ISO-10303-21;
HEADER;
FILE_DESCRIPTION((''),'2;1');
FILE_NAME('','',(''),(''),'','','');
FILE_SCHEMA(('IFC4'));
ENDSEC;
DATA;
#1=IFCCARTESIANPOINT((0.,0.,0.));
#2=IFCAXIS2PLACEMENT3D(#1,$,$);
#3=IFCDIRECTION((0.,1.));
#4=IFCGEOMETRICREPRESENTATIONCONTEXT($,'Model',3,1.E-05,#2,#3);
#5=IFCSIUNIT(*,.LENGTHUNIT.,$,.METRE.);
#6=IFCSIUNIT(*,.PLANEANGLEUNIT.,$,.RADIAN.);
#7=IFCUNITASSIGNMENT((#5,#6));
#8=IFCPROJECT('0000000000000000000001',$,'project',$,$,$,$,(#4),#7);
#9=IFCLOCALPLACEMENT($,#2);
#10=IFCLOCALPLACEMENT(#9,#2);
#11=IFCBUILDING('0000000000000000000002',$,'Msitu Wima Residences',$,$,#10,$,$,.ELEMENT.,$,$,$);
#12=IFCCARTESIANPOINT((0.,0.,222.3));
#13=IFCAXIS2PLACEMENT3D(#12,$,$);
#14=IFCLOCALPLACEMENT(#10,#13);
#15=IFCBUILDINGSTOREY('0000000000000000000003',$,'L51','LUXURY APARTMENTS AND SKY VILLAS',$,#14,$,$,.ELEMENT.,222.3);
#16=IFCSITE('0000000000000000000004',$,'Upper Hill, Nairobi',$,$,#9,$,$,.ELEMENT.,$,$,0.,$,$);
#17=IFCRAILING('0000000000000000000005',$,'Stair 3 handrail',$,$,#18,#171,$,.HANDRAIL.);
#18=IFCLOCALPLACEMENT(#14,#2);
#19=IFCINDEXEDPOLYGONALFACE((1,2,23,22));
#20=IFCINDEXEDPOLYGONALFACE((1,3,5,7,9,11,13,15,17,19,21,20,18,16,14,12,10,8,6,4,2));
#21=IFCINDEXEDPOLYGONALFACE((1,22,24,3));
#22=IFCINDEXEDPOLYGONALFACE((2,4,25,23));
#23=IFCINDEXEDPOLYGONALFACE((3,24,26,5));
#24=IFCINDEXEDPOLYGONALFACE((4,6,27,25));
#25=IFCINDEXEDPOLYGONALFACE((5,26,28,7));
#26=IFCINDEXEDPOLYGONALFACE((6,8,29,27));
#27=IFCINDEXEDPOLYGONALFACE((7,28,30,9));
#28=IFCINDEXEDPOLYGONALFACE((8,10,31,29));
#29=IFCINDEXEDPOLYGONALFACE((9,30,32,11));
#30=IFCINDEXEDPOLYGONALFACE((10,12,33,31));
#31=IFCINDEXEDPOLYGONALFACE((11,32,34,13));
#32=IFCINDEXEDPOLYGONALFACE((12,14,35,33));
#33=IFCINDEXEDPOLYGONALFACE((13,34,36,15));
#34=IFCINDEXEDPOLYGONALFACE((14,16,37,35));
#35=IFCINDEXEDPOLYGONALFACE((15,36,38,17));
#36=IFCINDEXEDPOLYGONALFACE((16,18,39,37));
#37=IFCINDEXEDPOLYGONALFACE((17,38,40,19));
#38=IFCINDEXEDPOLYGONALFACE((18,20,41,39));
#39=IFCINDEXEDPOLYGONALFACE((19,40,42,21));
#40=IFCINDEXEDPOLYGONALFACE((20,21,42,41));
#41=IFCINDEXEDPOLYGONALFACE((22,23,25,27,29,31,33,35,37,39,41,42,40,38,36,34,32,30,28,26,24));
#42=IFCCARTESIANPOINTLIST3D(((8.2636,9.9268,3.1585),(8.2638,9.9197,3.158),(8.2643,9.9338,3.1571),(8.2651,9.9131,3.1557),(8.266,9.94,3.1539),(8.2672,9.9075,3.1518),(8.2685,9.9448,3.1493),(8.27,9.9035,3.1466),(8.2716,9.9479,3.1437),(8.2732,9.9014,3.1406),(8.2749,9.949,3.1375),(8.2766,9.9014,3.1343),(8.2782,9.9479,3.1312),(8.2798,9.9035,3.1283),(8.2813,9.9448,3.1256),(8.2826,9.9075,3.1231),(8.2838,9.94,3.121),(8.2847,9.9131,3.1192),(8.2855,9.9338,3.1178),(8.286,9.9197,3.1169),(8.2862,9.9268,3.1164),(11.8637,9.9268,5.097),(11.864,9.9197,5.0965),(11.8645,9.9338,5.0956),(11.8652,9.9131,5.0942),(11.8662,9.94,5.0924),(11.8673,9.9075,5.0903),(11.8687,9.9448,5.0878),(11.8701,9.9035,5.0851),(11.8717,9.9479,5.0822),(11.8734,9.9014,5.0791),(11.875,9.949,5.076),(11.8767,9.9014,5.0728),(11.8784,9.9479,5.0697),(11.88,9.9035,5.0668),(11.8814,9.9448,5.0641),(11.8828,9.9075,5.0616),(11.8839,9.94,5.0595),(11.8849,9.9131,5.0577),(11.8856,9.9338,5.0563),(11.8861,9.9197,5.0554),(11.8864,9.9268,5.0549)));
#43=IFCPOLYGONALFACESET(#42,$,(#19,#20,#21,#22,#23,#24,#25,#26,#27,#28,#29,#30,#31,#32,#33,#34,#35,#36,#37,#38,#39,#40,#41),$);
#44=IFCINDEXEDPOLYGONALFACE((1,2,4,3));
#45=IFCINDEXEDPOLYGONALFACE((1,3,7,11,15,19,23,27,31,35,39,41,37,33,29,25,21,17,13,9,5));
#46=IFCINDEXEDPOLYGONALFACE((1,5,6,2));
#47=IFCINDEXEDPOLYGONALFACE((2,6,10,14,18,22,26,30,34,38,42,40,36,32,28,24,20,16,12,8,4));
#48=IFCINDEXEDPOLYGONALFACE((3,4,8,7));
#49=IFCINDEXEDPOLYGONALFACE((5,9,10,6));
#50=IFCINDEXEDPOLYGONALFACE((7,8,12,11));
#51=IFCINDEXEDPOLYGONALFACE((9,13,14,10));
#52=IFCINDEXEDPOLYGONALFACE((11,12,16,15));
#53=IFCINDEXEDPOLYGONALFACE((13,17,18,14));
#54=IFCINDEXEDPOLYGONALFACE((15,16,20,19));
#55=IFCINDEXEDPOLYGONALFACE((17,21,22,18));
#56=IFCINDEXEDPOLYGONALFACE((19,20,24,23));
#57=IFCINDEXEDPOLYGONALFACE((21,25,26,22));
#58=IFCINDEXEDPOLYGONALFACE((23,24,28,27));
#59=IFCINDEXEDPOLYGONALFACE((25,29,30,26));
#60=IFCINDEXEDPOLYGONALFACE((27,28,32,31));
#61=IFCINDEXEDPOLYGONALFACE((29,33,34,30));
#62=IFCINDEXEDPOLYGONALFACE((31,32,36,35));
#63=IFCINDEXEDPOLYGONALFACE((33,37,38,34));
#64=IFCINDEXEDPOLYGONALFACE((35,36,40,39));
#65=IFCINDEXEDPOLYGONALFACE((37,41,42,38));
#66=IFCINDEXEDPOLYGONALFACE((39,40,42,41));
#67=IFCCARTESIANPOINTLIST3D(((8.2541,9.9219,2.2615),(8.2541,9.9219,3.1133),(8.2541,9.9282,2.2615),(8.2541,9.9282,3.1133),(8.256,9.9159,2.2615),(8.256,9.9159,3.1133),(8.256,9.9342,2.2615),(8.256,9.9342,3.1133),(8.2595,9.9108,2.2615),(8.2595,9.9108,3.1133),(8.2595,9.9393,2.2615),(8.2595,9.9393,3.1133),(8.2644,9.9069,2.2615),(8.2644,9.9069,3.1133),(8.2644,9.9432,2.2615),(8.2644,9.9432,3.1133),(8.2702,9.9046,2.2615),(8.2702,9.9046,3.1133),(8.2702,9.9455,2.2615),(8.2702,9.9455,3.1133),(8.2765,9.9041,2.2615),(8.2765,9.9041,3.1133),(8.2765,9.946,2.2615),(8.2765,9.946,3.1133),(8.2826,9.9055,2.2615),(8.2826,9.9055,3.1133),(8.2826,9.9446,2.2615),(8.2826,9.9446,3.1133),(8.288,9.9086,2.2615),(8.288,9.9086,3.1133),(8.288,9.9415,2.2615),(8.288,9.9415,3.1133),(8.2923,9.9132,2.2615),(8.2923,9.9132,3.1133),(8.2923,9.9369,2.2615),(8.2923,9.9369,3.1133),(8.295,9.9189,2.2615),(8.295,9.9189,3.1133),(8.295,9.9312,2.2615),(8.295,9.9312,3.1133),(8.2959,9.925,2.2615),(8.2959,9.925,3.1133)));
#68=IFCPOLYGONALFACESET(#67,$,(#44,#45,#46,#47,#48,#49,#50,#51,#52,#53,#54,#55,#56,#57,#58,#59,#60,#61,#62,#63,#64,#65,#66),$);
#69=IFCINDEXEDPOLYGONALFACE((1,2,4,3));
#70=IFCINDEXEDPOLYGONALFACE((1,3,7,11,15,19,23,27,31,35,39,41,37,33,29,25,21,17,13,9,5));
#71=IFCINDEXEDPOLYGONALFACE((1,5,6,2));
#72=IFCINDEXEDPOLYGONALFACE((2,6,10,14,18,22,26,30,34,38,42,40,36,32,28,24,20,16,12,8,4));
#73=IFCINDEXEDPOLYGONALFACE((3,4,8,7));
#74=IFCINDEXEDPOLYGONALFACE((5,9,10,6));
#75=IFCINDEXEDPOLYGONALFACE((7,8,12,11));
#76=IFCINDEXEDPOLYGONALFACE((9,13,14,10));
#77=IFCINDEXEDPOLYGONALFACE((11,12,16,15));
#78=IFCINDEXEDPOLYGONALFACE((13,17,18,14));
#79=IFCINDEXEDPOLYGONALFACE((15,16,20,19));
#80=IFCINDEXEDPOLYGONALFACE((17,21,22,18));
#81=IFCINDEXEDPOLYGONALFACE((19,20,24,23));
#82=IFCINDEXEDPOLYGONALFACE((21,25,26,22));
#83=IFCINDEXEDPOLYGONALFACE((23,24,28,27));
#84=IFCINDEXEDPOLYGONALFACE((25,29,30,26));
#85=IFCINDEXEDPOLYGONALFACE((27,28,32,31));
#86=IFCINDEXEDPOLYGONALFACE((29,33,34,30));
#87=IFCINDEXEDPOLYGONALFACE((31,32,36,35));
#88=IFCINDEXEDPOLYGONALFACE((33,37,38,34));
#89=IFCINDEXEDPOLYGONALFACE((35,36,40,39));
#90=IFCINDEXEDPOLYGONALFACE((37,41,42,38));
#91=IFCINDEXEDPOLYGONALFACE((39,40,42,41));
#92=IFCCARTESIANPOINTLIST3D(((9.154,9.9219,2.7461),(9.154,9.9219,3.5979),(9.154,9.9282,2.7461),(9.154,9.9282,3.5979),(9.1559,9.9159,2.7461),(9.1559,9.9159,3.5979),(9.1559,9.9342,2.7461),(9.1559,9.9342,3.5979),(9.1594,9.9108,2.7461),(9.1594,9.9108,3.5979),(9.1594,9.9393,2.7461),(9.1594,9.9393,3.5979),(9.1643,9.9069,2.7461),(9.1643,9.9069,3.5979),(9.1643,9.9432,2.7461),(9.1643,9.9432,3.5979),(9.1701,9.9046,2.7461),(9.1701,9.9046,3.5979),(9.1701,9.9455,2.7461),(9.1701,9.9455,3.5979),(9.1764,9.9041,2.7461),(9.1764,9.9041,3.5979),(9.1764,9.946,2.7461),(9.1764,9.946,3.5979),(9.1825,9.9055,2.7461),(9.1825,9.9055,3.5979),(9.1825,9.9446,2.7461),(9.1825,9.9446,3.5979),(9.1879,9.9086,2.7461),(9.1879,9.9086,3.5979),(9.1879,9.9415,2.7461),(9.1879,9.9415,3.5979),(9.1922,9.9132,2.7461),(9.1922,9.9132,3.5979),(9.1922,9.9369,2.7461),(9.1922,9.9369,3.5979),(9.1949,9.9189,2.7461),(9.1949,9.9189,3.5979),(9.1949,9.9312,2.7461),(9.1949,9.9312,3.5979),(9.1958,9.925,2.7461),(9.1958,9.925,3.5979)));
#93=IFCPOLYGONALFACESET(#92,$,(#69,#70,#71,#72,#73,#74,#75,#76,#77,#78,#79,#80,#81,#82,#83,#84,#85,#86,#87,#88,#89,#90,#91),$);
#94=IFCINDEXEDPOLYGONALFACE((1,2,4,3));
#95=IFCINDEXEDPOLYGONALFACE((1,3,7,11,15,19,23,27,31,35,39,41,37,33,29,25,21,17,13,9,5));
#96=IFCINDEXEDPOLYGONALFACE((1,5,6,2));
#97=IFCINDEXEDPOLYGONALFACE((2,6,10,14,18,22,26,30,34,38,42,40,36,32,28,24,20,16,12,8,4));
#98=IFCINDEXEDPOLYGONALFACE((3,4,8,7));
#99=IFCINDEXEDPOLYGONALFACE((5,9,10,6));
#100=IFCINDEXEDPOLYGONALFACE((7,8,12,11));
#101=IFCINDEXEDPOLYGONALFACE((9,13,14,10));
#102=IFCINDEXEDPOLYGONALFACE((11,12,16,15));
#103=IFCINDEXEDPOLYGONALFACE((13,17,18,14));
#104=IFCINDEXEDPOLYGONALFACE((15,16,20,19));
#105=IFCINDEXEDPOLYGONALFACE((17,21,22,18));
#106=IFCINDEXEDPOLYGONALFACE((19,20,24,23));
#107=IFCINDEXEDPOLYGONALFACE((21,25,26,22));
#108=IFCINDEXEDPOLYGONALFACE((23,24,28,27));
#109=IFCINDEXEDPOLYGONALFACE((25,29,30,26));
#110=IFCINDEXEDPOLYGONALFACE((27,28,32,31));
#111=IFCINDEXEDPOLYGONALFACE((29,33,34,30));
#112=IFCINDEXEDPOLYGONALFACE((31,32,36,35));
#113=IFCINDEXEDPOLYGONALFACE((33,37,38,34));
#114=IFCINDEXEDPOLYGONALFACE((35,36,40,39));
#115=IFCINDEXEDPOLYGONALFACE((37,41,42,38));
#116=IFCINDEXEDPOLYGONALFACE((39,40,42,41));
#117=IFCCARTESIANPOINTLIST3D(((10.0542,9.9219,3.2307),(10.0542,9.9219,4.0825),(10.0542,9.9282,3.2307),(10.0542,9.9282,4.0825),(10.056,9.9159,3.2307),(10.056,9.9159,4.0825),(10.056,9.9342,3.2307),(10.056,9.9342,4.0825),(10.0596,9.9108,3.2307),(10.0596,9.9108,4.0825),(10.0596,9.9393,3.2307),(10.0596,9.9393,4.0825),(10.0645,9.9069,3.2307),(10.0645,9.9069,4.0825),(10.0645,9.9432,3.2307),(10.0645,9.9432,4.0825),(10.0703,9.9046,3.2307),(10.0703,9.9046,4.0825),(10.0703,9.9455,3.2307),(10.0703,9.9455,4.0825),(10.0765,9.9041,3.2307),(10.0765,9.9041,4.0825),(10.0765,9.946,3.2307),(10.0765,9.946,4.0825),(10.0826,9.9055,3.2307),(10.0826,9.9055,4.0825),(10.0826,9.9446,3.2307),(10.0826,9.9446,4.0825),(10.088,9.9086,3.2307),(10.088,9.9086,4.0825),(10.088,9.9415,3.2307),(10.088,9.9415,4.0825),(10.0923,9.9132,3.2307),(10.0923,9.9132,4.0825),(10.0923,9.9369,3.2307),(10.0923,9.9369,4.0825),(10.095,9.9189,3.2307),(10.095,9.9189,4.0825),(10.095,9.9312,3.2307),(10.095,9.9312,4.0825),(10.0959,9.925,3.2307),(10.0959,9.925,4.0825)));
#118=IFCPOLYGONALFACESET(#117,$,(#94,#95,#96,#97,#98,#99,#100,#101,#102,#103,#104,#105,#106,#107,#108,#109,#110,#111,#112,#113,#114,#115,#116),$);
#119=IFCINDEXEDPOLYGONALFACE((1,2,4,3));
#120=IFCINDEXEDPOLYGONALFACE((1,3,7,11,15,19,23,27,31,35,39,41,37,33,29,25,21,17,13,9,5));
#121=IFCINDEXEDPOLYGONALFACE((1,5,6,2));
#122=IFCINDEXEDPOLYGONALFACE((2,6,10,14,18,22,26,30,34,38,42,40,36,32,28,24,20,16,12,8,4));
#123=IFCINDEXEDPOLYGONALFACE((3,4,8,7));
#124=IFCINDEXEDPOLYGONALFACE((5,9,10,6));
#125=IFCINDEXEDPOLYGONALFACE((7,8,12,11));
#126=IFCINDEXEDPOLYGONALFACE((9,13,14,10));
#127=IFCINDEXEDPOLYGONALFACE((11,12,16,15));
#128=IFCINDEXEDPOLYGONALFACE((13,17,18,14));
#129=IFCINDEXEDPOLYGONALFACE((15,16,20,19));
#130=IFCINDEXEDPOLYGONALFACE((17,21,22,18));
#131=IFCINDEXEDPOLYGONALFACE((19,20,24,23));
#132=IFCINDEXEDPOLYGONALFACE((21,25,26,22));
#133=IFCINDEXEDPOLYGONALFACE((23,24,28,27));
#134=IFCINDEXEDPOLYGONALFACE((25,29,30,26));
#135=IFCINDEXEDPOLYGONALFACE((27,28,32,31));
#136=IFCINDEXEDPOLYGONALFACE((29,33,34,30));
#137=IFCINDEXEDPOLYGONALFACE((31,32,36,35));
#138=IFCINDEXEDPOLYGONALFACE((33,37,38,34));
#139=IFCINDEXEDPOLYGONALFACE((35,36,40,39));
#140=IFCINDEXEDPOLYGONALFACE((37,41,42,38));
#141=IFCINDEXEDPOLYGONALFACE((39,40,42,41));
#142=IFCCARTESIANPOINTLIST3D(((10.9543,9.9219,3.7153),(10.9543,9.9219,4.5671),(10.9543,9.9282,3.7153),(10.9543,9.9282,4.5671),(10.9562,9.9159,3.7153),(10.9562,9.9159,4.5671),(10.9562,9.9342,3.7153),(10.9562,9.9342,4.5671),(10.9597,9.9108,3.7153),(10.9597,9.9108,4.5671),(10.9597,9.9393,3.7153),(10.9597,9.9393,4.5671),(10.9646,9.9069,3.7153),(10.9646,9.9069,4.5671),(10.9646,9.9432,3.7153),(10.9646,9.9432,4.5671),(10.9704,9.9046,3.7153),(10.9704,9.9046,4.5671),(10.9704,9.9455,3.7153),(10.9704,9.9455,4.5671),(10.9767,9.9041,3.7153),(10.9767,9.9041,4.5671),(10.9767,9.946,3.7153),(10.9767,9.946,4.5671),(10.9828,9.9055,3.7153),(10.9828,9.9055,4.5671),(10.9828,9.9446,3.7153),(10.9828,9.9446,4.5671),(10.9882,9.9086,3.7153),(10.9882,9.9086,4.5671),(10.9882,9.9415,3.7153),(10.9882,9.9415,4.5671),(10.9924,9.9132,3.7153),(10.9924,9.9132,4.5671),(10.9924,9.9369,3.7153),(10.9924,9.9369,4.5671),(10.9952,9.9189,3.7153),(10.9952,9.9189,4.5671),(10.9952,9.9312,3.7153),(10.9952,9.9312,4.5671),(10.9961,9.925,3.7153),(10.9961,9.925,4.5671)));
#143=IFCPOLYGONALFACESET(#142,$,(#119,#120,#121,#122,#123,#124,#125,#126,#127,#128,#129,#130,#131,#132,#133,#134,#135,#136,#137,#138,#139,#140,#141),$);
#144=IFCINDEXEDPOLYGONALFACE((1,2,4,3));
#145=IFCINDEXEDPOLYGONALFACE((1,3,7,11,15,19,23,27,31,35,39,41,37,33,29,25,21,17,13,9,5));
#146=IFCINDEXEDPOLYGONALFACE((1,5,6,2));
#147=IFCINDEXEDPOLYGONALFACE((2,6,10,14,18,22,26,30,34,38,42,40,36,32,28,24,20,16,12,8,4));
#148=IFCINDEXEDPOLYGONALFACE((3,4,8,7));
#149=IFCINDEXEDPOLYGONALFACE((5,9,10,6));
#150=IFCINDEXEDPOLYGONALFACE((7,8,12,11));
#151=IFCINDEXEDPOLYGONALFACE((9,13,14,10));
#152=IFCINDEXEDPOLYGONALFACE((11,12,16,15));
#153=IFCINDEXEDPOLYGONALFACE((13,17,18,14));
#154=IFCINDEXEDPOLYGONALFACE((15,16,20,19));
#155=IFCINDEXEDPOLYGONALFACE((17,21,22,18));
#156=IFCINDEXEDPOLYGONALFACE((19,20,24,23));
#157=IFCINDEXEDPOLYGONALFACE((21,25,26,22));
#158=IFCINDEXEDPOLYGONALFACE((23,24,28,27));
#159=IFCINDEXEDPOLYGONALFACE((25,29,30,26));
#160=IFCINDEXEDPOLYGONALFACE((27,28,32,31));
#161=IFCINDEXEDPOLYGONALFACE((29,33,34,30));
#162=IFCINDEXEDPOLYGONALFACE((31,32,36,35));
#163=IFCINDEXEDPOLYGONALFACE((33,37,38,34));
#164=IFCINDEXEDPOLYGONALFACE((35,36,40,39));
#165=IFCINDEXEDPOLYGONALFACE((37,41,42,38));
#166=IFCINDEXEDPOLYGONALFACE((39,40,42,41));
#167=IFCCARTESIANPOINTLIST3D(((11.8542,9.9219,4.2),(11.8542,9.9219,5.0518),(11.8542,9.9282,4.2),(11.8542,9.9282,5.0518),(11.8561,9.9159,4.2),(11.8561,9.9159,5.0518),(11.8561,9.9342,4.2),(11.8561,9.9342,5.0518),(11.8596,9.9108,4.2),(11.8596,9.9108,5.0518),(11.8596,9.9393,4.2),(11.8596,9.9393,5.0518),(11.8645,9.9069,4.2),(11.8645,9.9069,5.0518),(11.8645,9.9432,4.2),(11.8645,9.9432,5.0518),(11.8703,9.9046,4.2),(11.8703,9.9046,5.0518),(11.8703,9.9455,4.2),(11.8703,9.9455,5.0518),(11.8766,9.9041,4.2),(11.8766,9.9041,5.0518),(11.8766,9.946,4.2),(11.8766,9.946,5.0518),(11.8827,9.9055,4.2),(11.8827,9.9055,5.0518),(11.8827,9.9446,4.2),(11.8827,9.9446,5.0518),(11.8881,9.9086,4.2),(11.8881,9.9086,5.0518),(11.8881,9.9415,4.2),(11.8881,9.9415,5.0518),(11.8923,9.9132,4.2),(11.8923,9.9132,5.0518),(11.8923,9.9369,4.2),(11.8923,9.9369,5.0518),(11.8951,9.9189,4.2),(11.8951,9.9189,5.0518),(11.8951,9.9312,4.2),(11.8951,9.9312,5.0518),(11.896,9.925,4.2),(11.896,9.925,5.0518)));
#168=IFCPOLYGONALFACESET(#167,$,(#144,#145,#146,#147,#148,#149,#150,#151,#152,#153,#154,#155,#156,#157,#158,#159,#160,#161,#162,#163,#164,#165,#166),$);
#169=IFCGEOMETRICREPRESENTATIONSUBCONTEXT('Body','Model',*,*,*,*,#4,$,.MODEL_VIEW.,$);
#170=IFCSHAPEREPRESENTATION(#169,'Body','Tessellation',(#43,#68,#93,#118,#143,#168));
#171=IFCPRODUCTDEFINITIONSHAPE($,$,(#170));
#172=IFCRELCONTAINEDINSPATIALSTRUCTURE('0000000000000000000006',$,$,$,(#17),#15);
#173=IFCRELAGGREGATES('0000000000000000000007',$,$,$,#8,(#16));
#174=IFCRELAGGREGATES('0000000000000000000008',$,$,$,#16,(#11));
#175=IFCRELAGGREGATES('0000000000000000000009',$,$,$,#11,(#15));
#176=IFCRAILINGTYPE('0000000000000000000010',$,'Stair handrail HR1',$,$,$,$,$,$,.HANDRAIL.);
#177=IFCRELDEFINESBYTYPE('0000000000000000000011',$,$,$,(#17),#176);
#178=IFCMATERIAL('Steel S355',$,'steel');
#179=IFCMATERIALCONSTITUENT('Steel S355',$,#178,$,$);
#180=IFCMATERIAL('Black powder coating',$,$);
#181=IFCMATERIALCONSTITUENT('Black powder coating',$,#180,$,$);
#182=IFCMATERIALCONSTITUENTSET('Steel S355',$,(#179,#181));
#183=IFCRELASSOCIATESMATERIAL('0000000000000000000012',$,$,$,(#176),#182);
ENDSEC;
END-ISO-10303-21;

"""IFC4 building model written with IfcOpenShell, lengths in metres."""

from ifc_helpers import new_model, si_unit, direction, frame, origin, origin_2d, place, context, subcontext, project, spatial, circle, extrude, material, constituent, constituent_set, type_object, element, save


model = new_model("IFC4")

# Units and contexts
model_context = context("Model", 3, precision=1e-05, world=origin(), true_north=direction((0.0, 1.0)))
body_context = subcontext(model_context, "Body", "Model", "MODEL_VIEW")
ifc_project = project(units=[si_unit("LENGTHUNIT", "METRE"), si_unit("PLANEANGLEUNIT", "RADIAN")], contexts=[model_context])

# Site, building, storey
site_placement = place(None, origin())
site = spatial("IfcSite", under=ifc_project, at=site_placement, Name="Upper Hill, Nairobi", CompositionType="ELEMENT", RefElevation=0.0)
building_placement = place(site_placement, origin())
building = spatial("IfcBuilding", under=site, at=building_placement, Name="Msitu Wima Residences", CompositionType="ELEMENT")
storey_placement = place(building_placement, frame((0.0, 0.0, 222.3)))
storey = spatial("IfcBuildingStorey", under=building, at=storey_placement, Name="L51", Description="LUXURY APARTMENTS AND SKY VILLAS", CompositionType="ELEMENT", Elevation=222.3)

# Railing
ifc_material_1 = material(Name="Steel S355", Category="steel")
ifc_constituent_1 = constituent(ifc_material_1, Name="Steel S355")
ifc_material_2 = material(Name="Black powder coating")
ifc_constituent_2 = constituent(ifc_material_2, Name="Black powder coating")
ifc_constituent_set = constituent_set(constituents=[ifc_constituent_1, ifc_constituent_2], Name="Steel S355")
railing_type = type_object("IfcRailingType", Name="Stair handrail HR1", PredefinedType="HANDRAIL", material=ifc_constituent_set)
for number, where, name in (
    (1, (8.2749, 9.925, 2.2615), "Stair 3 handrail"),
):
    element("IfcRailing", number, at=place(storey_placement, frame(where)), inside=storey, type_object=railing_type, Name=name, PredefinedType="HANDRAIL", context=body_context, shape_type="SweptSolid", body=[
        extrude(circle(Radius=0.0239, at=origin_2d()), frame((0.0, 0.0, 0.876), z_axis=(0.880475, 0.0, 0.474093), x_axis=(0.0, 1.0, 0.0)), (0.0, 0.0, 1.0), 4.0889),
        extrude(circle(Radius=0.021, at=origin_2d()), origin(), (0.0, 0.0, 1.0), 0.8518),
        extrude(circle(Radius=0.021, at=origin_2d()), frame((0.8999, 0.0, 0.4846)), (0.0, 0.0, 1.0), 0.8518),
        extrude(circle(Radius=0.021, at=origin_2d()), frame((1.8, 0.0, 0.9692)), (0.0, 0.0, 1.0), 0.8518),
        extrude(circle(Radius=0.021, at=origin_2d()), frame((2.7002, 0.0, 1.4539)), (0.0, 0.0, 1.0), 0.8518),
        extrude(circle(Radius=0.021, at=origin_2d()), frame((3.6001, 0.0, 1.9385)), (0.0, 0.0, 1.0), 0.8518),
    ])

save(model, "model.ifc")
